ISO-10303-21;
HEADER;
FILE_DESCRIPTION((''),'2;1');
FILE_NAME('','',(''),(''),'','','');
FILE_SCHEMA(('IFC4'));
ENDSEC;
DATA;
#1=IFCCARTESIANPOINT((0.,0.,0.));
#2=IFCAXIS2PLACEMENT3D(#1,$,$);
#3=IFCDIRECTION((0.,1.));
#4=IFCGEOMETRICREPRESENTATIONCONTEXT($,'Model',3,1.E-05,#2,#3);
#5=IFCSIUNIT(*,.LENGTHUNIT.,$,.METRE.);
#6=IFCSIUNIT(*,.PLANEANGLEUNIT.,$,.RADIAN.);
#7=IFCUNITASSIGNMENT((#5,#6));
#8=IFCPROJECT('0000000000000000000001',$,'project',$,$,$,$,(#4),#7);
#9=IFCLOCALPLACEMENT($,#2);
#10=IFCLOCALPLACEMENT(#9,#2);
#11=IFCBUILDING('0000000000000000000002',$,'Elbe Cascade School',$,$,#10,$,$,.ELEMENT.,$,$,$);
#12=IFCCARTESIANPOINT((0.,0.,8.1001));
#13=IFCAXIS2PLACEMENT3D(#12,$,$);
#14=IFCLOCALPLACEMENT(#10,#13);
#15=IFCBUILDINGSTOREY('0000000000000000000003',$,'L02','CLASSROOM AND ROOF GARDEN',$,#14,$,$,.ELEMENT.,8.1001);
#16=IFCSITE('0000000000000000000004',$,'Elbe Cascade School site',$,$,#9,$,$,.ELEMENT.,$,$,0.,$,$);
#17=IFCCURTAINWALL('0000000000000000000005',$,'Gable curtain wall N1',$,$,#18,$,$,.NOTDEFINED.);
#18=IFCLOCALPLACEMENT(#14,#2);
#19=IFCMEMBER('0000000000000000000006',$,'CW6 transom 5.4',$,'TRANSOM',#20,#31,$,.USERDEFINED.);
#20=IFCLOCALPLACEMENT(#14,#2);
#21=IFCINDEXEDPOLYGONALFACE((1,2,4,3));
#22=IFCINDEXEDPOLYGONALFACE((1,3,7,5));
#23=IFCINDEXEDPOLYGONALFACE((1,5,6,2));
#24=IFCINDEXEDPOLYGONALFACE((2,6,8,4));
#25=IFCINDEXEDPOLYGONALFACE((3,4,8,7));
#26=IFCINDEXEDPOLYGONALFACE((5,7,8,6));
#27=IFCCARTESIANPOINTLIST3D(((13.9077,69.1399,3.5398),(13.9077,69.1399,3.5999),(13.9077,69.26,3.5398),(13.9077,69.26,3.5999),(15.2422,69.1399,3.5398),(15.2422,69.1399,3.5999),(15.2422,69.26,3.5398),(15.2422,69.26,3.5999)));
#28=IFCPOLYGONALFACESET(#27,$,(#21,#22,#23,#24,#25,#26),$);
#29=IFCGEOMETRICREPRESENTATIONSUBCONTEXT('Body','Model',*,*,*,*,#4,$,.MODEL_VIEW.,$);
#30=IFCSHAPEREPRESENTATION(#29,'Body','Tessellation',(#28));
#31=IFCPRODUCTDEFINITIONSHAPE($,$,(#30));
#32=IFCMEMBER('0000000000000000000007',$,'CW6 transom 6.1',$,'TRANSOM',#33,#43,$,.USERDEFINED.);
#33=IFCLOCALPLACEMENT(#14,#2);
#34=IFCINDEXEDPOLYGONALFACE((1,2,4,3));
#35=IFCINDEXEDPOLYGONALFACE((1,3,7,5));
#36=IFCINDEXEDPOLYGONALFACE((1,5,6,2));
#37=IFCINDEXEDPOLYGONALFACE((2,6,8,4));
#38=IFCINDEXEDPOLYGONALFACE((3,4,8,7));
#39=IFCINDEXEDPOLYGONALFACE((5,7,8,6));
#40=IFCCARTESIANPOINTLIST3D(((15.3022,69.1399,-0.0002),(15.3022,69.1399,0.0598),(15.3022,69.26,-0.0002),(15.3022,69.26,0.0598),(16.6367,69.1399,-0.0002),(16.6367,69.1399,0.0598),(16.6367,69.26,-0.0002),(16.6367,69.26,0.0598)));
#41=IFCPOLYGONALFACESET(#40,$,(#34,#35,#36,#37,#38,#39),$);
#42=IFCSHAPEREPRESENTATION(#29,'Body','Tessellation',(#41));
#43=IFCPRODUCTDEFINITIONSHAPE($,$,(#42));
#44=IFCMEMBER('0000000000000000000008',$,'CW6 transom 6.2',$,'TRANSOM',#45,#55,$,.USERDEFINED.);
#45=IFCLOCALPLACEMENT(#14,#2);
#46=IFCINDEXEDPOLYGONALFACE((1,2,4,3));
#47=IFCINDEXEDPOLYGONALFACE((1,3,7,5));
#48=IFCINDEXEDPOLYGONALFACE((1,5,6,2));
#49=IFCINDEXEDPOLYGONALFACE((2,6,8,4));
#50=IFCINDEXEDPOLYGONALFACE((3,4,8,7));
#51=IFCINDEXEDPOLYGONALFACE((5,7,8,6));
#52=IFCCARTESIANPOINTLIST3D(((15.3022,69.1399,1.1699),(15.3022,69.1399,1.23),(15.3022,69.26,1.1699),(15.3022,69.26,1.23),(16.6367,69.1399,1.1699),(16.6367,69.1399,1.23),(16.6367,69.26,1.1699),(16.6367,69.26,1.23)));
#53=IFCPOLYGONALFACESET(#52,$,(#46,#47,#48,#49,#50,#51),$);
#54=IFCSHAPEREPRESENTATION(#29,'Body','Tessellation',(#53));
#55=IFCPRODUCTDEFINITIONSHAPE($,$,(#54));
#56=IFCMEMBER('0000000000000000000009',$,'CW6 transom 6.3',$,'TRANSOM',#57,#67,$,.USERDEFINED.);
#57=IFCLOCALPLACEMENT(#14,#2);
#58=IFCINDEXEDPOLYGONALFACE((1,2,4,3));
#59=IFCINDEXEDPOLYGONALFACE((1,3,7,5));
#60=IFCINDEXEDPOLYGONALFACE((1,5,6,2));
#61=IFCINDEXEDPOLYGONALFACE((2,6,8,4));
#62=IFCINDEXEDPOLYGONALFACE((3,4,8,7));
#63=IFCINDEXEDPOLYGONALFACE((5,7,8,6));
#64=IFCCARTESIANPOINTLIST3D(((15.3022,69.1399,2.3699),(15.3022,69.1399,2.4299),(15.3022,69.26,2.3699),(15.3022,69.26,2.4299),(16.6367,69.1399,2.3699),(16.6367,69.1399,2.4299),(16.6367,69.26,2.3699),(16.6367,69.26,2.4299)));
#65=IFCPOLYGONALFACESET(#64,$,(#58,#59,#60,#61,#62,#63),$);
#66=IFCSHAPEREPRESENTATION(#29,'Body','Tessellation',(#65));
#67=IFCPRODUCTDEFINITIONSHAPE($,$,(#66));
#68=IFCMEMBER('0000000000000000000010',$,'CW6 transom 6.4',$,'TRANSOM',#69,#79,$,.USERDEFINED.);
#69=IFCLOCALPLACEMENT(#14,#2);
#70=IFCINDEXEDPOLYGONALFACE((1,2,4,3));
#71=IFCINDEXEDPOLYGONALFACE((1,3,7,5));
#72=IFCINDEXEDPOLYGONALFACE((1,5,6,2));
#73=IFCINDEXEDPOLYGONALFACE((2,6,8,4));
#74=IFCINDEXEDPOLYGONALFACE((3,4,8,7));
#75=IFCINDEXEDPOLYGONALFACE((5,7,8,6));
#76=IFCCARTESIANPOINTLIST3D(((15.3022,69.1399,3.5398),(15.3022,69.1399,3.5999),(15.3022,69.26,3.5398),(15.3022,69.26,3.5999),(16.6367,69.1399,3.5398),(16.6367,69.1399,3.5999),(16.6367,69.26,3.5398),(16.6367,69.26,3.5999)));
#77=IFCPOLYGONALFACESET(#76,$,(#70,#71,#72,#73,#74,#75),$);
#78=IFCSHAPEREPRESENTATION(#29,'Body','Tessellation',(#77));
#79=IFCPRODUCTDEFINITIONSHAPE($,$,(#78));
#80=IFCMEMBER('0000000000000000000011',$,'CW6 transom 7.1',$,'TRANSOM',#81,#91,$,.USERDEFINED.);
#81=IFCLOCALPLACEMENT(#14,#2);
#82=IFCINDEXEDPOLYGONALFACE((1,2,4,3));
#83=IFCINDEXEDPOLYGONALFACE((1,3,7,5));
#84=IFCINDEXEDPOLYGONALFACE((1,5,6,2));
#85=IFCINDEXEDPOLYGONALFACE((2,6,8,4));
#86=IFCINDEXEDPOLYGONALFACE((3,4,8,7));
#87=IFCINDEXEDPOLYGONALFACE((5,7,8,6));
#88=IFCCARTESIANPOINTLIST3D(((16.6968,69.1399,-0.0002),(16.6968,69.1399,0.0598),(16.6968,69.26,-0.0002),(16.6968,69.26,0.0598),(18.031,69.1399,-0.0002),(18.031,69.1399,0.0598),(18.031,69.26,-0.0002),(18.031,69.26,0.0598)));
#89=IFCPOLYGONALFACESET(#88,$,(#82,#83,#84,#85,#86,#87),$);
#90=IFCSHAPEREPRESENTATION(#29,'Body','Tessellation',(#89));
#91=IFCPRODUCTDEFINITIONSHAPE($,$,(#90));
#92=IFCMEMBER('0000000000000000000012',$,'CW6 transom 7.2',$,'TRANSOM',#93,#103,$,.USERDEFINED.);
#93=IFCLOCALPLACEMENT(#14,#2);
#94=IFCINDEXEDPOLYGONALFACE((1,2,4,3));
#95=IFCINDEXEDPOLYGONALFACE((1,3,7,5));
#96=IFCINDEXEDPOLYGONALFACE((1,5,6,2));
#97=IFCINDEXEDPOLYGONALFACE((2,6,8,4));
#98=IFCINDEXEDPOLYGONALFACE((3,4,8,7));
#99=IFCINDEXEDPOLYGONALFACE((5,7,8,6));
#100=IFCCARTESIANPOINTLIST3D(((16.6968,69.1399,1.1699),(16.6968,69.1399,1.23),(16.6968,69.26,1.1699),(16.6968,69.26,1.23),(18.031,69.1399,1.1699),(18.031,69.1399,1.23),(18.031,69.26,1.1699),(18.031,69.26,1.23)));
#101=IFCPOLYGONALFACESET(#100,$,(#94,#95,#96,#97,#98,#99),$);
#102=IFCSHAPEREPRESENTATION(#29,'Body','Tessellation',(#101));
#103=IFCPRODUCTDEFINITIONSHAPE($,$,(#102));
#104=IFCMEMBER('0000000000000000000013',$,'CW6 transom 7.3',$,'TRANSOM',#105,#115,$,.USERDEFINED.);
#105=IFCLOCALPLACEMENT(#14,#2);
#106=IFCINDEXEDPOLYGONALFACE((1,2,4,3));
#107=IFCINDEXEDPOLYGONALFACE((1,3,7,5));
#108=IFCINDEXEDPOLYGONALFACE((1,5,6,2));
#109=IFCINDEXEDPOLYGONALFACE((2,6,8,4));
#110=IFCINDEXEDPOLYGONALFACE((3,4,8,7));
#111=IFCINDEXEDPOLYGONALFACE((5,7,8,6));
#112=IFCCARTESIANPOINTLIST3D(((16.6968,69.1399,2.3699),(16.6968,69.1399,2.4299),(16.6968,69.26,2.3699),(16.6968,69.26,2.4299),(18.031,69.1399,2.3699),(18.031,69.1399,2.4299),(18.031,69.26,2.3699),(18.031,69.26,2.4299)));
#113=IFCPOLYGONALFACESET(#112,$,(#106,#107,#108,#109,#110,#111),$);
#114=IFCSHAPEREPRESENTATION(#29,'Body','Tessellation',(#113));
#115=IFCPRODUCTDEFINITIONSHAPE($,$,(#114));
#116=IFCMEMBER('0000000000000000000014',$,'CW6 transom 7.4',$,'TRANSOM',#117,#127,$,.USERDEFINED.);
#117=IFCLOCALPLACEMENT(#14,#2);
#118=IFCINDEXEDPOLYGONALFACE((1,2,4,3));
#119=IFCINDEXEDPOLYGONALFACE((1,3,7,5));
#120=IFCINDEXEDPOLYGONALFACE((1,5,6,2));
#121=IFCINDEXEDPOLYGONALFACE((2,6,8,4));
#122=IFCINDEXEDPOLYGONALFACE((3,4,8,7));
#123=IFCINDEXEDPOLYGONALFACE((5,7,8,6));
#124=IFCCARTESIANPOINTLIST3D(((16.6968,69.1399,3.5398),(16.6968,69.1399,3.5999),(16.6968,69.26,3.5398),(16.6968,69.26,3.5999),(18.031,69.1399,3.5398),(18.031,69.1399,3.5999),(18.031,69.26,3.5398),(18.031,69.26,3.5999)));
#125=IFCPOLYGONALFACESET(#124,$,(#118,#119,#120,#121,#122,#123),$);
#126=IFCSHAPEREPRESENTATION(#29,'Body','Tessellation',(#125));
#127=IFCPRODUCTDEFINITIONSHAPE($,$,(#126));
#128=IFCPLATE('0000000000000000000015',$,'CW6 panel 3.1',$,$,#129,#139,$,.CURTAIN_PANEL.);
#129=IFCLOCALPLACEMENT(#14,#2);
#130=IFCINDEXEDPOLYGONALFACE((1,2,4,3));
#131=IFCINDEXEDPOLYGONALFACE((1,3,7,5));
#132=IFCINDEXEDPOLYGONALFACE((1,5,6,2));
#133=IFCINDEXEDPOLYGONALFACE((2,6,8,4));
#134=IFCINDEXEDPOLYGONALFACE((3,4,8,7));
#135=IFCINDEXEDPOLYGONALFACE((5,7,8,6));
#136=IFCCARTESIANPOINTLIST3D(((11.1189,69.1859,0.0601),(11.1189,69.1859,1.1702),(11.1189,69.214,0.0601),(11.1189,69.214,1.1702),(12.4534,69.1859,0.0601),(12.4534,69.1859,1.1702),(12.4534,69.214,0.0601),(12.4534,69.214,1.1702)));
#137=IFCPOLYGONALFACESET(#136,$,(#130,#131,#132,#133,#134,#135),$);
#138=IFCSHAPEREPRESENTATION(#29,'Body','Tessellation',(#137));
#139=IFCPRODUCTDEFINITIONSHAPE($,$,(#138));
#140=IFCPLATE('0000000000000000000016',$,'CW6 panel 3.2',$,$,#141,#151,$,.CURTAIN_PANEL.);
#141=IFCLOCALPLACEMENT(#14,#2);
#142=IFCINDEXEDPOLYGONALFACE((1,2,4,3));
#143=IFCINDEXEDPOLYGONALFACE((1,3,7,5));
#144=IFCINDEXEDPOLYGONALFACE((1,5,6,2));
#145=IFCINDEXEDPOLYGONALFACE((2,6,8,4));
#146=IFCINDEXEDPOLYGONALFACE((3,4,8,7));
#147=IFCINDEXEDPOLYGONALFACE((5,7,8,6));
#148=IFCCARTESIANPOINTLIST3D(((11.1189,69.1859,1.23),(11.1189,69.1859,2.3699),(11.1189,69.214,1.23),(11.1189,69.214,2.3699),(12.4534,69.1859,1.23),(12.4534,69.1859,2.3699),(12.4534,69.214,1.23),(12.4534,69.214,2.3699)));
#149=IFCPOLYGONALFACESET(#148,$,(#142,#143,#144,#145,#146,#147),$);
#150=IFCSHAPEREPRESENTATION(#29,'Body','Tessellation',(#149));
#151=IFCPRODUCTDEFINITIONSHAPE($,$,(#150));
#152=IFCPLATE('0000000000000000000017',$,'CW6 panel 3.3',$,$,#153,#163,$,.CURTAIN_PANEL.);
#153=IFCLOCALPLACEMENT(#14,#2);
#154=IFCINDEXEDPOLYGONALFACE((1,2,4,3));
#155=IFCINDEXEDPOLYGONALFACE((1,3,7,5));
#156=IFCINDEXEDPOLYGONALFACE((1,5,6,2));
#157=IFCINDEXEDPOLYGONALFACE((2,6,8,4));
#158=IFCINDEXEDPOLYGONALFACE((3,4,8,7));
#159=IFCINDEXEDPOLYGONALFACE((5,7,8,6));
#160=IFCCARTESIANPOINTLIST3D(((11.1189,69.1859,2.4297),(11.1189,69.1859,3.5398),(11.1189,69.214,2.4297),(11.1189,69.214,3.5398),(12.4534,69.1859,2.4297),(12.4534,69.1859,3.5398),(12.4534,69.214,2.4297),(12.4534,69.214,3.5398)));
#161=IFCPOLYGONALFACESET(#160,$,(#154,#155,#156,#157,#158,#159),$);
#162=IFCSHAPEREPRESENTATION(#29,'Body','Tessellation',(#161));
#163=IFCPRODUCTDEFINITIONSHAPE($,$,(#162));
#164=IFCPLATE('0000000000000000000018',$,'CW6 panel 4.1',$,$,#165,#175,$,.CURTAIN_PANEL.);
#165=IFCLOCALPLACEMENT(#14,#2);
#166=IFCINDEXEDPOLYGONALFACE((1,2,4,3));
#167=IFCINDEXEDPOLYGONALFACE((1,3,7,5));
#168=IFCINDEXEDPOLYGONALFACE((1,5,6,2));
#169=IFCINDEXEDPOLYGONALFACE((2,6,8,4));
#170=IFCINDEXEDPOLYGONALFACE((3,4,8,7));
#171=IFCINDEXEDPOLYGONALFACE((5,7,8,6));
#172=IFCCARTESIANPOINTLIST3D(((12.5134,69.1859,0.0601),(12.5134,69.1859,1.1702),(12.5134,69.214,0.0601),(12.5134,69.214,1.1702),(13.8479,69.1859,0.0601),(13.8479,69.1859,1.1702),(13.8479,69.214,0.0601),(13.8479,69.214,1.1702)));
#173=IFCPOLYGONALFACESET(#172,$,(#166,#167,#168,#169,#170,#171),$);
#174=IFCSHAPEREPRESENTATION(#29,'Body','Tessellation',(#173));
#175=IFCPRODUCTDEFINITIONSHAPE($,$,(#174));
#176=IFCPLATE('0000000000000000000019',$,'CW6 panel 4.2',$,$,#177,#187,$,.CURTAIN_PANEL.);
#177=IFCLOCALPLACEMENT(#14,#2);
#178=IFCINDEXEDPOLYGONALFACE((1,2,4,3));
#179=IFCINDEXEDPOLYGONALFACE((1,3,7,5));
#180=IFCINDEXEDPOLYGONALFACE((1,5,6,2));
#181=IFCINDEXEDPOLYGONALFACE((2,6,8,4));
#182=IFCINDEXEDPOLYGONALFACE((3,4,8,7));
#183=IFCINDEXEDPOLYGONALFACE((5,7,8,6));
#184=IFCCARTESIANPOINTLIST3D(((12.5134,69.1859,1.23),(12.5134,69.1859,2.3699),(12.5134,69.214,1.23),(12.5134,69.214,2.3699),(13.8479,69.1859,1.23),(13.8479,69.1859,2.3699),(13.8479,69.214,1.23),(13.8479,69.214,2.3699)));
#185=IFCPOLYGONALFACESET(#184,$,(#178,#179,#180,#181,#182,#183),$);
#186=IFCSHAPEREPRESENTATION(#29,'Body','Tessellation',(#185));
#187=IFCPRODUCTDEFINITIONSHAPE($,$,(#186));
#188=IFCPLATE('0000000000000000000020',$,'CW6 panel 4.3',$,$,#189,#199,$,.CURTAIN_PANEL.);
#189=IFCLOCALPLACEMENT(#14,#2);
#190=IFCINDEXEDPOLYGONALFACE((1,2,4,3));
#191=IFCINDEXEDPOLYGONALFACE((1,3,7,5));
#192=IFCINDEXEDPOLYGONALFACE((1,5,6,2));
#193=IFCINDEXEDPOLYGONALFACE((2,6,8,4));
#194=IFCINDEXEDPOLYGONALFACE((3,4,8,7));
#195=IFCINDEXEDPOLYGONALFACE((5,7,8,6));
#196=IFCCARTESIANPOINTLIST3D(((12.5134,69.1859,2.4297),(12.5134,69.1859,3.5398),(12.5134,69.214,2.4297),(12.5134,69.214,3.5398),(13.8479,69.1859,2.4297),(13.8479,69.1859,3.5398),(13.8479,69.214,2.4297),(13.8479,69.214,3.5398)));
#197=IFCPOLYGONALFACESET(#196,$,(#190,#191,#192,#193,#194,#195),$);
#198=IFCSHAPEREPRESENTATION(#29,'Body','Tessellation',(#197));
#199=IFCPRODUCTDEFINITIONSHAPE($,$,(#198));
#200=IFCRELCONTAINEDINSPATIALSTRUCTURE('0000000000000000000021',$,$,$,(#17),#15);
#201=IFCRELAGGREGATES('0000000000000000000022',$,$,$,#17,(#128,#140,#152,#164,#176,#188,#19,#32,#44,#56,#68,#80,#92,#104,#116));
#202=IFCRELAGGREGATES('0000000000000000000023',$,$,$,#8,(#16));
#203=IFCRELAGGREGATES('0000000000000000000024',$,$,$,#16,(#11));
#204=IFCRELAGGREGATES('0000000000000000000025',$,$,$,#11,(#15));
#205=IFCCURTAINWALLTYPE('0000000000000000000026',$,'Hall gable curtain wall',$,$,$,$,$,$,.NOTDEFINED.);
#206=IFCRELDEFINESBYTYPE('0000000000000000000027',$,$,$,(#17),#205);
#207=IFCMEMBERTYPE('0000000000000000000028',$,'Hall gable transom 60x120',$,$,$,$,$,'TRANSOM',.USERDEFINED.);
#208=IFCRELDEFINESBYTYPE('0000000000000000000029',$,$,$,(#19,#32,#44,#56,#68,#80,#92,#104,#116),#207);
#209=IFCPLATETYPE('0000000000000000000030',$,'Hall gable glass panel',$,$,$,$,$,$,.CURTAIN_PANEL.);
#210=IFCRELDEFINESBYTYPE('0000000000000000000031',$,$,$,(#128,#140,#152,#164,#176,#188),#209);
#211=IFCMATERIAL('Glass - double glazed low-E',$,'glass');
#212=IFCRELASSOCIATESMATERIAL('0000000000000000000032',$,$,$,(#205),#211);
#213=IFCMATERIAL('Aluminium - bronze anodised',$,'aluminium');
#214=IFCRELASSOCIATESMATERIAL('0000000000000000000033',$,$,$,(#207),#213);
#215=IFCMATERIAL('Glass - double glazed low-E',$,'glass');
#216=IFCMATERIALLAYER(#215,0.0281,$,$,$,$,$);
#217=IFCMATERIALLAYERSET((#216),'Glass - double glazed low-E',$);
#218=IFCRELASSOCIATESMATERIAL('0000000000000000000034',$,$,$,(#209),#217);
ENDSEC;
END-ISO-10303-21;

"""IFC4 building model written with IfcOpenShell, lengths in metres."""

from ifc_helpers import new_model, si_unit, direction, frame, origin, origin_2d, place, context, subcontext, project, spatial, rectangle, extrude, material, layer, layer_set, material_profile, profile_set, type_object, element, aggregate, save


model = new_model("IFC4")

# Units and contexts
model_context = context("Model", 3, precision=1e-05, world=origin(), true_north=direction((0.0, 1.0)))
body_context = subcontext(model_context, "Body", "Model", "MODEL_VIEW")
ifc_project = project(units=[si_unit("LENGTHUNIT", "METRE"), si_unit("PLANEANGLEUNIT", "RADIAN")], contexts=[model_context])

# Site, building, storey
site_placement = place(None, origin())
site = spatial("IfcSite", under=ifc_project, at=site_placement, Name="Elbe Cascade School site", CompositionType="ELEMENT", RefElevation=0.0)
building_placement = place(site_placement, origin())
building = spatial("IfcBuilding", under=site, at=building_placement, Name="Elbe Cascade School", CompositionType="ELEMENT")
storey_placement = place(building_placement, frame((0.0, 0.0, 8.1001)))
storey = spatial("IfcBuildingStorey", under=building, at=storey_placement, Name="L02", Description="CLASSROOM AND ROOF GARDEN", CompositionType="ELEMENT", Elevation=8.1001)

# Curtain wall, members, plates
ifc_material_1 = material(Name="Glass - double glazed low-E", Category="glass")
curtain_wall_type = type_object("IfcCurtainWallType", Name="Hall gable curtain wall", PredefinedType="NOTDEFINED", material=ifc_material_1)
curtain_wall_placement = place(storey_placement, origin())
curtain_wall = element("IfcCurtainWall", 1, at=curtain_wall_placement, inside=storey, type_object=curtain_wall_type, Name="Gable curtain wall N1", PredefinedType="NOTDEFINED")
ifc_material_2 = material(Name="Aluminium - bronze anodised", Category="aluminium")
ifc_material_profile_1 = material_profile(ifc_material_2, rectangle(XDim=0.1201, YDim=0.0601, at=origin_2d()), Name="Alu 60x120")
ifc_profile_set_1 = profile_set([ifc_material_profile_1], Name="Aluminium - bronze anodised")
member_type_1 = type_object("IfcMemberType", Name="Hall gable transom 60x120", ElementType="TRANSOM", PredefinedType="USERDEFINED", material=ifc_profile_set_1)
member_1_placement = place(storey_placement, frame((13.9077, 69.2, 3.5698), z_axis=(1.0, 0.0, 0.0), x_axis=(0.0, 1.0, 0.0)))
member_1 = element("IfcMember", 2, at=member_1_placement, type_object=member_type_1, Name="CW6 transom 5.4", ObjectType="TRANSOM", PredefinedType="USERDEFINED", context=body_context, shape_type="SweptSolid", body=[
    extrude(rectangle(XDim=0.1201, YDim=0.0601, at=origin_2d()), origin(), (0.0, 0.0, 1.0), 1.3345),
])
member_2_placement = place(storey_placement, frame((15.3022, 69.2, 0.0298), z_axis=(1.0, 0.0, 0.0), x_axis=(0.0, 1.0, 0.0)))
member_2 = element("IfcMember", 3, at=member_2_placement, type_object=member_type_1, Name="CW6 transom 6.1", ObjectType="TRANSOM", PredefinedType="USERDEFINED", context=body_context, shape_type="SweptSolid", body=[
    extrude(rectangle(XDim=0.1201, YDim=0.0601, at=origin_2d()), origin(), (0.0, 0.0, 1.0), 1.3345),
])
member_3_placement = place(storey_placement, frame((15.3022, 69.2, 1.2), z_axis=(1.0, 0.0, 0.0), x_axis=(0.0, 1.0, 0.0)))
member_3 = element("IfcMember", 4, at=member_3_placement, type_object=member_type_1, Name="CW6 transom 6.2", ObjectType="TRANSOM", PredefinedType="USERDEFINED", context=body_context, shape_type="SweptSolid", body=[
    extrude(rectangle(XDim=0.1201, YDim=0.0601, at=origin_2d()), origin(), (0.0, 0.0, 1.0), 1.3345),
])
member_4_placement = place(storey_placement, frame((15.3022, 69.2, 2.3999), z_axis=(1.0, 0.0, 0.0), x_axis=(0.0, 1.0, 0.0)))
member_4 = element("IfcMember", 5, at=member_4_placement, type_object=member_type_1, Name="CW6 transom 6.3", ObjectType="TRANSOM", PredefinedType="USERDEFINED", context=body_context, shape_type="SweptSolid", body=[
    extrude(rectangle(XDim=0.1201, YDim=0.0601, at=origin_2d()), origin(), (0.0, 0.0, 1.0), 1.3345),
])
member_5_placement = place(storey_placement, frame((15.3022, 69.2, 3.5698), z_axis=(1.0, 0.0, 0.0), x_axis=(0.0, 1.0, 0.0)))
member_5 = element("IfcMember", 6, at=member_5_placement, type_object=member_type_1, Name="CW6 transom 6.4", ObjectType="TRANSOM", PredefinedType="USERDEFINED", context=body_context, shape_type="SweptSolid", body=[
    extrude(rectangle(XDim=0.1201, YDim=0.0601, at=origin_2d()), origin(), (0.0, 0.0, 1.0), 1.3345),
])
member_6_placement = place(storey_placement, frame((16.6968, 69.2, 0.0298), z_axis=(1.0, 0.0, 0.0), x_axis=(0.0, 1.0, 0.0)))
member_6 = element("IfcMember", 7, at=member_6_placement, type_object=member_type_1, Name="CW6 transom 7.1", ObjectType="TRANSOM", PredefinedType="USERDEFINED", context=body_context, shape_type="SweptSolid", body=[
    extrude(rectangle(XDim=0.1201, YDim=0.0601, at=origin_2d()), origin(), (0.0, 0.0, 1.0), 1.3342),
])
member_7_placement = place(storey_placement, frame((16.6968, 69.2, 1.2), z_axis=(1.0, 0.0, 0.0), x_axis=(0.0, 1.0, 0.0)))
member_7 = element("IfcMember", 8, at=member_7_placement, type_object=member_type_1, Name="CW6 transom 7.2", ObjectType="TRANSOM", PredefinedType="USERDEFINED", context=body_context, shape_type="SweptSolid", body=[
    extrude(rectangle(XDim=0.1201, YDim=0.0601, at=origin_2d()), origin(), (0.0, 0.0, 1.0), 1.3342),
])
member_8_placement = place(storey_placement, frame((16.6968, 69.2, 2.3999), z_axis=(1.0, 0.0, 0.0), x_axis=(0.0, 1.0, 0.0)))
member_8 = element("IfcMember", 9, at=member_8_placement, type_object=member_type_1, Name="CW6 transom 7.3", ObjectType="TRANSOM", PredefinedType="USERDEFINED", context=body_context, shape_type="SweptSolid", body=[
    extrude(rectangle(XDim=0.1201, YDim=0.0601, at=origin_2d()), origin(), (0.0, 0.0, 1.0), 1.3342),
])
member_9_placement = place(storey_placement, frame((16.6968, 69.2, 3.5698), z_axis=(1.0, 0.0, 0.0), x_axis=(0.0, 1.0, 0.0)))
member_9 = element("IfcMember", 10, at=member_9_placement, type_object=member_type_1, Name="CW6 transom 7.4", ObjectType="TRANSOM", PredefinedType="USERDEFINED", context=body_context, shape_type="SweptSolid", body=[
    extrude(rectangle(XDim=0.1201, YDim=0.0601, at=origin_2d()), origin(), (0.0, 0.0, 1.0), 1.3342),
])
ifc_material_3 = material(Name="Glass - double glazed low-E", Category="glass")
ifc_layer = layer(ifc_material_3, 0.0281)
ifc_layer_set = layer_set([ifc_layer], Name="Glass - double glazed low-E")
plate_type = type_object("IfcPlateType", Name="Hall gable glass panel", PredefinedType="CURTAIN_PANEL", material=ifc_layer_set)
plate_1_placement = place(storey_placement, frame((11.7861, 69.2, 0.0601), z_axis=(0.0, 0.0, 1.0), x_axis=(1.0, 0.0, 0.0)))
plate_1 = element("IfcPlate", 11, at=plate_1_placement, type_object=plate_type, Name="CW6 panel 3.1", PredefinedType="CURTAIN_PANEL", context=body_context, shape_type="SweptSolid", body=[
    extrude(rectangle(XDim=1.3345, YDim=0.0281, at=origin_2d()), origin(), (0.0, 0.0, 1.0), 1.1101),
])
plate_2_placement = place(storey_placement, frame((11.7861, 69.2, 1.23), z_axis=(0.0, 0.0, 1.0), x_axis=(1.0, 0.0, 0.0)))
plate_2 = element("IfcPlate", 12, at=plate_2_placement, type_object=plate_type, Name="CW6 panel 3.2", PredefinedType="CURTAIN_PANEL", context=body_context, shape_type="SweptSolid", body=[
    extrude(rectangle(XDim=1.3345, YDim=0.0281, at=origin_2d()), origin(), (0.0, 0.0, 1.0), 1.1399),
])
plate_3_placement = place(storey_placement, frame((11.7861, 69.2, 2.4297), z_axis=(0.0, 0.0, 1.0), x_axis=(1.0, 0.0, 0.0)))
plate_3 = element("IfcPlate", 13, at=plate_3_placement, type_object=plate_type, Name="CW6 panel 3.3", PredefinedType="CURTAIN_PANEL", context=body_context, shape_type="SweptSolid", body=[
    extrude(rectangle(XDim=1.3345, YDim=0.0281, at=origin_2d()), origin(), (0.0, 0.0, 1.0), 1.1101),
])
plate_4_placement = place(storey_placement, frame((13.1807, 69.2, 0.0601), z_axis=(0.0, 0.0, 1.0), x_axis=(1.0, 0.0, 0.0)))
plate_4 = element("IfcPlate", 14, at=plate_4_placement, type_object=plate_type, Name="CW6 panel 4.1", PredefinedType="CURTAIN_PANEL", context=body_context, shape_type="SweptSolid", body=[
    extrude(rectangle(XDim=1.3345, YDim=0.0281, at=origin_2d()), origin(), (0.0, 0.0, 1.0), 1.1101),
])
plate_5_placement = place(storey_placement, frame((13.1807, 69.2, 1.23), z_axis=(0.0, 0.0, 1.0), x_axis=(1.0, 0.0, 0.0)))
plate_5 = element("IfcPlate", 15, at=plate_5_placement, type_object=plate_type, Name="CW6 panel 4.2", PredefinedType="CURTAIN_PANEL", context=body_context, shape_type="SweptSolid", body=[
    extrude(rectangle(XDim=1.3345, YDim=0.0281, at=origin_2d()), origin(), (0.0, 0.0, 1.0), 1.1399),
])
plate_6_placement = place(storey_placement, frame((13.1807, 69.2, 2.4297), z_axis=(0.0, 0.0, 1.0), x_axis=(1.0, 0.0, 0.0)))
plate_6 = element("IfcPlate", 16, at=plate_6_placement, type_object=plate_type, Name="CW6 panel 4.3", PredefinedType="CURTAIN_PANEL", context=body_context, shape_type="SweptSolid", body=[
    extrude(rectangle(XDim=1.3345, YDim=0.0281, at=origin_2d()), origin(), (0.0, 0.0, 1.0), 1.1101),
])
aggregate(curtain_wall, [plate_1, plate_2, plate_3, plate_4, plate_5, plate_6, member_1, member_2, member_3, member_4, member_5, member_6, member_7, member_8, member_9])

save(model, "model.ifc")
